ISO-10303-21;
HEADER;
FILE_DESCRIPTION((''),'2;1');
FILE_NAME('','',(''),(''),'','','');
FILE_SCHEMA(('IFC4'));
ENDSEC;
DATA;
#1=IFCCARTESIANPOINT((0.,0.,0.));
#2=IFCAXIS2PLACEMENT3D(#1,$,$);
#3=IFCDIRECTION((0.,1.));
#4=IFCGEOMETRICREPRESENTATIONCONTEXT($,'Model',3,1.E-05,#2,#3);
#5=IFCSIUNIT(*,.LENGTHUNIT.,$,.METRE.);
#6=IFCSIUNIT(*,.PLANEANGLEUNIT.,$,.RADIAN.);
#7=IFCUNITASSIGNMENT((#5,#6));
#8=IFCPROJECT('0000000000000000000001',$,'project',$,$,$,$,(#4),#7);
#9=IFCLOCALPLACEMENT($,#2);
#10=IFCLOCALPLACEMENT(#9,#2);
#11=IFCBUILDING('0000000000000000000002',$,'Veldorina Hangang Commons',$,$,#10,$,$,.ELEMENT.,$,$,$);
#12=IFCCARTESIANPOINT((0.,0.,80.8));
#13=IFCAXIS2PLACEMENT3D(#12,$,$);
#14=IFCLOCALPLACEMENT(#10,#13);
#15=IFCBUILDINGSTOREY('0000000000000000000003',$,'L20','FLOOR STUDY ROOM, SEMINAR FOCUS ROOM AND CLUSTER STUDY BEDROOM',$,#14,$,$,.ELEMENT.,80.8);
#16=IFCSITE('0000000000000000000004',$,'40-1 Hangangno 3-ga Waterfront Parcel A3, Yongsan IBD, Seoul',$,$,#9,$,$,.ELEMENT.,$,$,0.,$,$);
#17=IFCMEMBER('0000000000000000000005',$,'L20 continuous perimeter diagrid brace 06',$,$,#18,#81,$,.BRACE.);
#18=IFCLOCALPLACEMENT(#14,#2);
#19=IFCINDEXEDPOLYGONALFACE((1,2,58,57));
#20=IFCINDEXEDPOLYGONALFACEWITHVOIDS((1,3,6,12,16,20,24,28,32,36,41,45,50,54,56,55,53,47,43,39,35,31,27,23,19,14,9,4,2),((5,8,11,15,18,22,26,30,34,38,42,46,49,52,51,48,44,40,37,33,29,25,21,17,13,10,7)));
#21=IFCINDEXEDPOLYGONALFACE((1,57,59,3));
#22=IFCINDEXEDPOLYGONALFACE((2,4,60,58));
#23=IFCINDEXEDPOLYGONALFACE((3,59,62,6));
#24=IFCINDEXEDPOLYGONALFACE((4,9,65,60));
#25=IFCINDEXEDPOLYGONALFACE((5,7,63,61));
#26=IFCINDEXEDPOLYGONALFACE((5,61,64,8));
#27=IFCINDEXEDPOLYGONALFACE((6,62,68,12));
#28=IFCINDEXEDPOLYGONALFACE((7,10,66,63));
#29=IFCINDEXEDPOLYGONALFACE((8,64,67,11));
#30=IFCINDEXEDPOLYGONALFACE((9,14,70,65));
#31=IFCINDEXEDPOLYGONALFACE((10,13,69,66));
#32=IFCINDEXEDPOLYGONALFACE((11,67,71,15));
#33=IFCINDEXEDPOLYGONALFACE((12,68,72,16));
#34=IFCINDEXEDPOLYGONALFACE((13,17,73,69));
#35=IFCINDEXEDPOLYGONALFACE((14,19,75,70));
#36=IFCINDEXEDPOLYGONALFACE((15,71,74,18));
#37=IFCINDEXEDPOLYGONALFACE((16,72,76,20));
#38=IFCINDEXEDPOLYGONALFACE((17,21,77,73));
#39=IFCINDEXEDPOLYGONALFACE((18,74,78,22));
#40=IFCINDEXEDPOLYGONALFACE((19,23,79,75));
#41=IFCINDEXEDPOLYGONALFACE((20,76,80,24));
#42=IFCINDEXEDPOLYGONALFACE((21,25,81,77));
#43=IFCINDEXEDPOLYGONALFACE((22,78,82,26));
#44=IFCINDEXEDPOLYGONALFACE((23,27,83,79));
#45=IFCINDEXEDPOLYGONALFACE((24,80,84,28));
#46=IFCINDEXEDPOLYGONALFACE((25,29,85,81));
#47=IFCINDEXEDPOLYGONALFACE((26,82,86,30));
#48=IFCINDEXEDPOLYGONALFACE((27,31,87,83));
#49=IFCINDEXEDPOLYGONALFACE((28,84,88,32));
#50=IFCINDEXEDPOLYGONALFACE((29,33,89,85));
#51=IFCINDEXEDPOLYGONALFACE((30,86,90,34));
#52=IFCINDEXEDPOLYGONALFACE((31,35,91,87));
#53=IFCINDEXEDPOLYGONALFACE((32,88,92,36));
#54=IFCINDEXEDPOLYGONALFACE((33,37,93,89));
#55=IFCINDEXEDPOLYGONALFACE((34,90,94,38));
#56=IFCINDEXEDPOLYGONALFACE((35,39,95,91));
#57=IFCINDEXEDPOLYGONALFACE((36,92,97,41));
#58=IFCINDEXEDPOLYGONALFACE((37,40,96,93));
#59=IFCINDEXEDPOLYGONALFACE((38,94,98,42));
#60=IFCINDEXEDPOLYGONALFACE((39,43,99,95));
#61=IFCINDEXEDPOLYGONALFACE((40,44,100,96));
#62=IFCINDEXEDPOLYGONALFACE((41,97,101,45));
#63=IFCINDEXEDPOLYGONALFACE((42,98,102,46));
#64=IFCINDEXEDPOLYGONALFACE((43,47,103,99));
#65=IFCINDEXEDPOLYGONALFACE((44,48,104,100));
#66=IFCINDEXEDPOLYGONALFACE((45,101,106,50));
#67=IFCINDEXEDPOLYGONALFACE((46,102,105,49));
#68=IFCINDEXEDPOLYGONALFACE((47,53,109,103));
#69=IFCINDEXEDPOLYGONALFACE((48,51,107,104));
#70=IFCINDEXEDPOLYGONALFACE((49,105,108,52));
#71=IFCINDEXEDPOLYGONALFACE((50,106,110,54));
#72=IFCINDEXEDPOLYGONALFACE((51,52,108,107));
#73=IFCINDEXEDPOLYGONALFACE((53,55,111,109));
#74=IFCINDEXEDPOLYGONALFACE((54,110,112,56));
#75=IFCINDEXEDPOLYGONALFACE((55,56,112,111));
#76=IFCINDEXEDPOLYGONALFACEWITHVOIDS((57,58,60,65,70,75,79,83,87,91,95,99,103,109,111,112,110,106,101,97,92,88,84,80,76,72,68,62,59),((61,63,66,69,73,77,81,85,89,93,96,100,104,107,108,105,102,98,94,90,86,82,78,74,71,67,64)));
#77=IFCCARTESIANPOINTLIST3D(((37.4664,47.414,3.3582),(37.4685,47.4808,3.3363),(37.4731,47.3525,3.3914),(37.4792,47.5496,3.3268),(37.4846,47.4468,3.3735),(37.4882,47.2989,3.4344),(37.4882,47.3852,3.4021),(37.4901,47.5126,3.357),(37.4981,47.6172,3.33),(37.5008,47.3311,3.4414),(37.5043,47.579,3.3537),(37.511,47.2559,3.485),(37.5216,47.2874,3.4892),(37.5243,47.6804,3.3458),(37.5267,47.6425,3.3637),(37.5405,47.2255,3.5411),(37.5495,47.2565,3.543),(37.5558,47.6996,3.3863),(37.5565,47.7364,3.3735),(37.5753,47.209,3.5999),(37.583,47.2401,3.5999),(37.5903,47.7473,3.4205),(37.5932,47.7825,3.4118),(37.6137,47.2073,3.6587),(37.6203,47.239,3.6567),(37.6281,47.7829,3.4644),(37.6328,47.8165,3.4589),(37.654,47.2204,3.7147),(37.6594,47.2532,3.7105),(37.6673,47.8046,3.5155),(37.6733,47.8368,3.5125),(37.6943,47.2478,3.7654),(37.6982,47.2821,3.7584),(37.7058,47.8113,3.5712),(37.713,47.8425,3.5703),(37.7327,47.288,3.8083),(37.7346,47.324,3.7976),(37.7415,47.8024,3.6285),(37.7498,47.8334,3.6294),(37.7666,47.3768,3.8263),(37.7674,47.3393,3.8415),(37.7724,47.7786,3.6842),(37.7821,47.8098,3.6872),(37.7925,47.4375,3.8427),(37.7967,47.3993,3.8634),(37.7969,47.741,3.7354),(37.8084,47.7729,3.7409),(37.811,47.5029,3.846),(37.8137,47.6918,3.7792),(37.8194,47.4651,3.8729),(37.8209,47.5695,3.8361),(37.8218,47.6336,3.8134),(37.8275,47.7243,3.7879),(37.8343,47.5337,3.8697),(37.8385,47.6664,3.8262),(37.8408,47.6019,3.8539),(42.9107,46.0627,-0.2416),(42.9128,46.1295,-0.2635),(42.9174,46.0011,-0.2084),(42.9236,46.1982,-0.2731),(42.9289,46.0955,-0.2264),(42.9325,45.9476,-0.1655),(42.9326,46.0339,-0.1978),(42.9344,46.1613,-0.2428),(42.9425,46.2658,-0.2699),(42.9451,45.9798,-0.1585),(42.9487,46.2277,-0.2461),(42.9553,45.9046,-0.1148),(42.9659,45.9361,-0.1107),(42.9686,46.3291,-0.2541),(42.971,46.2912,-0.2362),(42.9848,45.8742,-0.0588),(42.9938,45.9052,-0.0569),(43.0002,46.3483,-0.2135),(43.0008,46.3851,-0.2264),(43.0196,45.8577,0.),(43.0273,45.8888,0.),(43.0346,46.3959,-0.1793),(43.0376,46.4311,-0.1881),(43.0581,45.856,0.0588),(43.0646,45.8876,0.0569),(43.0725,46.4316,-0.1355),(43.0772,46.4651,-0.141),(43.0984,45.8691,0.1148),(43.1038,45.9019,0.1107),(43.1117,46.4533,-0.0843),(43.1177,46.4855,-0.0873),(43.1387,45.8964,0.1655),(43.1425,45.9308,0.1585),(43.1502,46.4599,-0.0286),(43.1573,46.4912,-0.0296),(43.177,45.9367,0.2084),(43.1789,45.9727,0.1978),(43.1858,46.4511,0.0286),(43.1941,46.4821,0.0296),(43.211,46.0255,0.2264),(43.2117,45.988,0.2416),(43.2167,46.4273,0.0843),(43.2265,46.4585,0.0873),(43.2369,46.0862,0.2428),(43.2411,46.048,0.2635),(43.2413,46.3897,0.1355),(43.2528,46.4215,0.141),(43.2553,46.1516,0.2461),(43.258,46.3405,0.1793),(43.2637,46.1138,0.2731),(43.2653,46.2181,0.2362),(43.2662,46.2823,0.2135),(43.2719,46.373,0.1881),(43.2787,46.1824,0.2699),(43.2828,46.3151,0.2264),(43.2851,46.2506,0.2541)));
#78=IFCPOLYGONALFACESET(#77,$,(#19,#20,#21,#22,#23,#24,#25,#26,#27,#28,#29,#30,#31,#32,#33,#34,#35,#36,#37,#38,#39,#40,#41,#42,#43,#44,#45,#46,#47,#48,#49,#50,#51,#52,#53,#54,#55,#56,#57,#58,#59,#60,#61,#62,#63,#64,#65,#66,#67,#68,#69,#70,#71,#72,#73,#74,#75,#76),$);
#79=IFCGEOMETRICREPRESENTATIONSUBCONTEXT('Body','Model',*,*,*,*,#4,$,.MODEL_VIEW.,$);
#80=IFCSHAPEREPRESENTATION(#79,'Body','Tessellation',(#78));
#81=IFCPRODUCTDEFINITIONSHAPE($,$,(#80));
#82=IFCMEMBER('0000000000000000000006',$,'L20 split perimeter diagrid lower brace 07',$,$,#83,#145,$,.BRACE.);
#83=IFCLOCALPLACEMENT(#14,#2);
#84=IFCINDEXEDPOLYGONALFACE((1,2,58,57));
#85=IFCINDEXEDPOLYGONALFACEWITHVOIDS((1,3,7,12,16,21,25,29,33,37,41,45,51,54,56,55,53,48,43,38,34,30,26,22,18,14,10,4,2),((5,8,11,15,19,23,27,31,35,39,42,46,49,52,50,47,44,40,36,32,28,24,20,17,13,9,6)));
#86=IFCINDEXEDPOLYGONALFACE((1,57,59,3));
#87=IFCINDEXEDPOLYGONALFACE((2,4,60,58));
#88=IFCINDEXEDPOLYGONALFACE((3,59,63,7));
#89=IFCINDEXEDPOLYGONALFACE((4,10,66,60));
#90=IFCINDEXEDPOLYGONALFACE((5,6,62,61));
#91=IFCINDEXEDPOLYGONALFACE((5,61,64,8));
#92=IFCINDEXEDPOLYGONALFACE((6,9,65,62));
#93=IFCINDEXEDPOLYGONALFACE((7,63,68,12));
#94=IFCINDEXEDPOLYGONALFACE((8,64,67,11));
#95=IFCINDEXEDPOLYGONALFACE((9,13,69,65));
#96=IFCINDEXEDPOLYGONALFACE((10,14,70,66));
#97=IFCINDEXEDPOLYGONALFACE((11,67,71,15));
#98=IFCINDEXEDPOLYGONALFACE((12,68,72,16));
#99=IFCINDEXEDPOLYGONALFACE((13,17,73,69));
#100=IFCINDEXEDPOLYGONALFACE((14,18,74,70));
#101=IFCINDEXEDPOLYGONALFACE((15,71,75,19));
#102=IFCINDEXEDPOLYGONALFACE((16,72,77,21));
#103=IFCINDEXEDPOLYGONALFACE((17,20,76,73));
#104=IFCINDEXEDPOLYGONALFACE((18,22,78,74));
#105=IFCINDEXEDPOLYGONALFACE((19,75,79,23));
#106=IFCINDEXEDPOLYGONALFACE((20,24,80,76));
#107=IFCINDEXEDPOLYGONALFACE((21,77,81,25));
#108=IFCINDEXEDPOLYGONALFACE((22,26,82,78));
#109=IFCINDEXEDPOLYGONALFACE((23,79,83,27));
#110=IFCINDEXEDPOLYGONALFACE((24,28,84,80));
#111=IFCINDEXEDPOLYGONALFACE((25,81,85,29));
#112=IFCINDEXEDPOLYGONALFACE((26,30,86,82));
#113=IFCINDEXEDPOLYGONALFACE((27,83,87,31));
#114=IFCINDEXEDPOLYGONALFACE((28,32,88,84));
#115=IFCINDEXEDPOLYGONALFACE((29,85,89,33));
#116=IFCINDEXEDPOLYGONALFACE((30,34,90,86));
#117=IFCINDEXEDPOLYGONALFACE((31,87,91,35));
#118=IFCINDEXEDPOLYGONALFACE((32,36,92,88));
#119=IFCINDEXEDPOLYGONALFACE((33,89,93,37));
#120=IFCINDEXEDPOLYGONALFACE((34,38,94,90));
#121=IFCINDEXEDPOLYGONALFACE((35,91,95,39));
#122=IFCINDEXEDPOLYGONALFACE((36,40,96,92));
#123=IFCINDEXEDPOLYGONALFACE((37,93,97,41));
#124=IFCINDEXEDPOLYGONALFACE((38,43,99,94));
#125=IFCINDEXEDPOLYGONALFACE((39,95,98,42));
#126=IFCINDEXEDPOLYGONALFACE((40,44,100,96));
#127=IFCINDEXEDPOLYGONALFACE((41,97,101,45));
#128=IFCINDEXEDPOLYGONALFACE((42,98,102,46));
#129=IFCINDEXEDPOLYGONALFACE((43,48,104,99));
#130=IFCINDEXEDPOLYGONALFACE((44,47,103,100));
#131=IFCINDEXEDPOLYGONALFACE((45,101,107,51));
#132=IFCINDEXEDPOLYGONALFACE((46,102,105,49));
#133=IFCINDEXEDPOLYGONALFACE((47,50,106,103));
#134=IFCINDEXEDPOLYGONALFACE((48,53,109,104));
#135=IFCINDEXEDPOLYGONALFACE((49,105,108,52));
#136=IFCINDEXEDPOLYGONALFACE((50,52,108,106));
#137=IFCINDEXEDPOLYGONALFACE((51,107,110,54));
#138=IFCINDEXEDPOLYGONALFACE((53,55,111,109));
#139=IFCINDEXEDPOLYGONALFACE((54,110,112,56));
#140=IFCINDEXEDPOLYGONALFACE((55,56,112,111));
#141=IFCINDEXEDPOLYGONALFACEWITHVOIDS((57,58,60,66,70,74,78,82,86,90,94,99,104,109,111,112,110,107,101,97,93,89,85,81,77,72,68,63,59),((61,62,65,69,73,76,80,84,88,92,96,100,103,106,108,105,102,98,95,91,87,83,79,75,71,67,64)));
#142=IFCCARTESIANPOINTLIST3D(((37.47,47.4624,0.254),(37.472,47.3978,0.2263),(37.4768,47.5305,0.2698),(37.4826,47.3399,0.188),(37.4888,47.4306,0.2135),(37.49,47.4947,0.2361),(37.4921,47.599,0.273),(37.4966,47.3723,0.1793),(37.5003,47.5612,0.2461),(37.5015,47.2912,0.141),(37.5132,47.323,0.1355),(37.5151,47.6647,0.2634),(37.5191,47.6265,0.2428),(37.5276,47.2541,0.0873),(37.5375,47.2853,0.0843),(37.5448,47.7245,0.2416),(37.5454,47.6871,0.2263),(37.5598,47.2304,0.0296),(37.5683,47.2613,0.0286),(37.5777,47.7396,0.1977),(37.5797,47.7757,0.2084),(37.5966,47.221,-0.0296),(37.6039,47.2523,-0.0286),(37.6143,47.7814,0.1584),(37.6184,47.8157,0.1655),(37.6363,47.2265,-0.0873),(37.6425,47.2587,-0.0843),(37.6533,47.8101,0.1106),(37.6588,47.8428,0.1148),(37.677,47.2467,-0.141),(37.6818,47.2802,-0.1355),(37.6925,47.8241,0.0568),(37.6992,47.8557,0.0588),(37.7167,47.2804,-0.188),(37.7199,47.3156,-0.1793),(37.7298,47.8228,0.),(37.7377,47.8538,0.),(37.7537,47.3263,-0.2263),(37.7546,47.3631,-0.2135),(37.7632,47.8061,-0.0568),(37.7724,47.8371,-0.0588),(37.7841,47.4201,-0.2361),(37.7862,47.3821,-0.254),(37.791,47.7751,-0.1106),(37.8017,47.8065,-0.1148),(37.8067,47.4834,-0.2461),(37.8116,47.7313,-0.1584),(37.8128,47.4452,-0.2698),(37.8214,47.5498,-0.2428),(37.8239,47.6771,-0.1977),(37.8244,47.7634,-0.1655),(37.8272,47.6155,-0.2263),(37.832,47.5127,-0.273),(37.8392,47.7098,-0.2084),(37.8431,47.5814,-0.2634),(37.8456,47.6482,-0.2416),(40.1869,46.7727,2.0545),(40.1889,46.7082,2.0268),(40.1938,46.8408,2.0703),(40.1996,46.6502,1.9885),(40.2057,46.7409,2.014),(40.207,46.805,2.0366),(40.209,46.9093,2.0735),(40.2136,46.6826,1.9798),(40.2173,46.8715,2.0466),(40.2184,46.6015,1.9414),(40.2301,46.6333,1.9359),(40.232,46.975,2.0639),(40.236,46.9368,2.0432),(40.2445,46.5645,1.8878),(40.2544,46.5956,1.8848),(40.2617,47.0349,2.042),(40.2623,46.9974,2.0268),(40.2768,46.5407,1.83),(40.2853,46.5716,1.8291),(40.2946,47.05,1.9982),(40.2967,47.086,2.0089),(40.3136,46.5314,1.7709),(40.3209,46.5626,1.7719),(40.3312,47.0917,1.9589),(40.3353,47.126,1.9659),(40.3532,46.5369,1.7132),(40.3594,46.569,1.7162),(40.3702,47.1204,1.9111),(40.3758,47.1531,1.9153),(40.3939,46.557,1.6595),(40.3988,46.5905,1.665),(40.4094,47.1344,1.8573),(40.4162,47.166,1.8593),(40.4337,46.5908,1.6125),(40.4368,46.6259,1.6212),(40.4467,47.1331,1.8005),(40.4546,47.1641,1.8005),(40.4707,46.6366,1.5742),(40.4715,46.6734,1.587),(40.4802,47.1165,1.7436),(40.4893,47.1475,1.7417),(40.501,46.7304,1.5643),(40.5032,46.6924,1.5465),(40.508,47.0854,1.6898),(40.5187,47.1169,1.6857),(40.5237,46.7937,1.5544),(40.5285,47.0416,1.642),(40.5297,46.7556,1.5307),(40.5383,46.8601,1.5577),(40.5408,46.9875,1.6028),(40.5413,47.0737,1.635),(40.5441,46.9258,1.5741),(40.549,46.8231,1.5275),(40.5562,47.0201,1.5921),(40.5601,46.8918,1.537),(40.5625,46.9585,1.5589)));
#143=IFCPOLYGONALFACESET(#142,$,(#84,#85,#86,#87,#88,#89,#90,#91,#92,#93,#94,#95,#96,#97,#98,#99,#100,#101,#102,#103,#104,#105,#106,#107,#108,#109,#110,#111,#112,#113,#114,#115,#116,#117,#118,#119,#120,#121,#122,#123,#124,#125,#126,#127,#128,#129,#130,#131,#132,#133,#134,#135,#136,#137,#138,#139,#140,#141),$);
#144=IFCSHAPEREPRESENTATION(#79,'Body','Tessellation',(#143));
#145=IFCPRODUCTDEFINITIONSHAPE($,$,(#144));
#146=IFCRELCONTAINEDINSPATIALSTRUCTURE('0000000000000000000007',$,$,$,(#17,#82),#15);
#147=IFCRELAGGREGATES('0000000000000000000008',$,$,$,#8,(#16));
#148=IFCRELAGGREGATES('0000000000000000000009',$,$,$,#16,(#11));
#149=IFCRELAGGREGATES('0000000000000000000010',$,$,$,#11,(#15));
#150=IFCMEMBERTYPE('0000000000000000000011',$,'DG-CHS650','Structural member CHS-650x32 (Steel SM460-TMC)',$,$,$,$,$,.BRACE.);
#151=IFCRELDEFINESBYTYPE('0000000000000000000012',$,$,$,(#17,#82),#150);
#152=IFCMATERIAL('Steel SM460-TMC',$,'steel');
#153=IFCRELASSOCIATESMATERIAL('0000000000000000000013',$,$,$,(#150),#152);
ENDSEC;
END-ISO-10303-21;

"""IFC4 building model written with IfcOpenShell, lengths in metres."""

from ifc_helpers import new_model, si_unit, direction, frame, origin, origin_2d, place, context, subcontext, project, spatial, hollow_circle, extrude, material, material_profile, profile_set, type_object, element, save


model = new_model("IFC4")

# Units and contexts
model_context = context("Model", 3, precision=1e-05, world=origin(), true_north=direction((0.0, 1.0)))
body_context = subcontext(model_context, "Body", "Model", "MODEL_VIEW")
ifc_project = project(units=[si_unit("LENGTHUNIT", "METRE"), si_unit("PLANEANGLEUNIT", "RADIAN")], contexts=[model_context])

# Site, building, storey
site_placement = place(None, origin())
site = spatial("IfcSite", under=ifc_project, at=site_placement, Name="40-1 Hangangno 3-ga Waterfront Parcel A3, Yongsan IBD, Seoul", CompositionType="ELEMENT", RefElevation=0.0)
building_placement = place(site_placement, origin())
building = spatial("IfcBuilding", under=site, at=building_placement, Name="Veldorina Hangang Commons", CompositionType="ELEMENT")
storey_placement = place(building_placement, frame((0.0, 0.0, 80.8)))
storey = spatial("IfcBuildingStorey", under=building, at=storey_placement, Name="L20", Description="FLOOR STUDY ROOM, SEMINAR FOCUS ROOM AND CLUSTER STUDY BEDROOM", CompositionType="ELEMENT", Elevation=80.8)

# Members
ifc_material_1 = material(Name="Steel SM460-TMC", Category="steel")
ifc_material_profile_1 = material_profile(ifc_material_1, hollow_circle(Radius=0.325, WallThickness=0.032, at=origin_2d()), Name="CHS-650x32")
ifc_profile_set_1 = profile_set([ifc_material_profile_1], Name="Steel SM460-TMC")
member_type = type_object("IfcMemberType", Name="DG-CHS650", Description="Structural member CHS-650x32 (Steel SM460-TMC)", PredefinedType="BRACE", material=ifc_profile_set_1)
member_1_placement = place(storey_placement, frame((43.0979, 46.1731, 0.0), z_axis=(-0.816822, 0.20274, 0.540091), x_axis=(-0.240897, -0.970551, 0.0)))
element("IfcMember", 1, at=member_1_placement, inside=storey, type_object=member_type, Name="L20 continuous perimeter diagrid brace 06", PredefinedType="BRACE", context=body_context, shape_type="SweptSolid", body=[
    extrude(hollow_circle(Radius=0.325, WallThickness=0.032, at=origin_2d()), origin(), (0.0, 0.0, 1.0), 6.6653),
])
member_2_placement = place(storey_placement, frame((37.6577, 47.5388, 0.0), z_axis=(0.815523, -0.207013, 0.540433), x_axis=(0.246038, 0.96926, 0.0)))
element("IfcMember", 2, at=member_2_placement, inside=storey, type_object=member_type, Name="L20 split perimeter diagrid lower brace 07", PredefinedType="BRACE", context=body_context, shape_type="SweptSolid", body=[
    extrude(hollow_circle(Radius=0.325, WallThickness=0.032, at=origin_2d()), origin(), (0.0, 0.0, 1.0), 3.3315),
])

save(model, "model.ifc")
